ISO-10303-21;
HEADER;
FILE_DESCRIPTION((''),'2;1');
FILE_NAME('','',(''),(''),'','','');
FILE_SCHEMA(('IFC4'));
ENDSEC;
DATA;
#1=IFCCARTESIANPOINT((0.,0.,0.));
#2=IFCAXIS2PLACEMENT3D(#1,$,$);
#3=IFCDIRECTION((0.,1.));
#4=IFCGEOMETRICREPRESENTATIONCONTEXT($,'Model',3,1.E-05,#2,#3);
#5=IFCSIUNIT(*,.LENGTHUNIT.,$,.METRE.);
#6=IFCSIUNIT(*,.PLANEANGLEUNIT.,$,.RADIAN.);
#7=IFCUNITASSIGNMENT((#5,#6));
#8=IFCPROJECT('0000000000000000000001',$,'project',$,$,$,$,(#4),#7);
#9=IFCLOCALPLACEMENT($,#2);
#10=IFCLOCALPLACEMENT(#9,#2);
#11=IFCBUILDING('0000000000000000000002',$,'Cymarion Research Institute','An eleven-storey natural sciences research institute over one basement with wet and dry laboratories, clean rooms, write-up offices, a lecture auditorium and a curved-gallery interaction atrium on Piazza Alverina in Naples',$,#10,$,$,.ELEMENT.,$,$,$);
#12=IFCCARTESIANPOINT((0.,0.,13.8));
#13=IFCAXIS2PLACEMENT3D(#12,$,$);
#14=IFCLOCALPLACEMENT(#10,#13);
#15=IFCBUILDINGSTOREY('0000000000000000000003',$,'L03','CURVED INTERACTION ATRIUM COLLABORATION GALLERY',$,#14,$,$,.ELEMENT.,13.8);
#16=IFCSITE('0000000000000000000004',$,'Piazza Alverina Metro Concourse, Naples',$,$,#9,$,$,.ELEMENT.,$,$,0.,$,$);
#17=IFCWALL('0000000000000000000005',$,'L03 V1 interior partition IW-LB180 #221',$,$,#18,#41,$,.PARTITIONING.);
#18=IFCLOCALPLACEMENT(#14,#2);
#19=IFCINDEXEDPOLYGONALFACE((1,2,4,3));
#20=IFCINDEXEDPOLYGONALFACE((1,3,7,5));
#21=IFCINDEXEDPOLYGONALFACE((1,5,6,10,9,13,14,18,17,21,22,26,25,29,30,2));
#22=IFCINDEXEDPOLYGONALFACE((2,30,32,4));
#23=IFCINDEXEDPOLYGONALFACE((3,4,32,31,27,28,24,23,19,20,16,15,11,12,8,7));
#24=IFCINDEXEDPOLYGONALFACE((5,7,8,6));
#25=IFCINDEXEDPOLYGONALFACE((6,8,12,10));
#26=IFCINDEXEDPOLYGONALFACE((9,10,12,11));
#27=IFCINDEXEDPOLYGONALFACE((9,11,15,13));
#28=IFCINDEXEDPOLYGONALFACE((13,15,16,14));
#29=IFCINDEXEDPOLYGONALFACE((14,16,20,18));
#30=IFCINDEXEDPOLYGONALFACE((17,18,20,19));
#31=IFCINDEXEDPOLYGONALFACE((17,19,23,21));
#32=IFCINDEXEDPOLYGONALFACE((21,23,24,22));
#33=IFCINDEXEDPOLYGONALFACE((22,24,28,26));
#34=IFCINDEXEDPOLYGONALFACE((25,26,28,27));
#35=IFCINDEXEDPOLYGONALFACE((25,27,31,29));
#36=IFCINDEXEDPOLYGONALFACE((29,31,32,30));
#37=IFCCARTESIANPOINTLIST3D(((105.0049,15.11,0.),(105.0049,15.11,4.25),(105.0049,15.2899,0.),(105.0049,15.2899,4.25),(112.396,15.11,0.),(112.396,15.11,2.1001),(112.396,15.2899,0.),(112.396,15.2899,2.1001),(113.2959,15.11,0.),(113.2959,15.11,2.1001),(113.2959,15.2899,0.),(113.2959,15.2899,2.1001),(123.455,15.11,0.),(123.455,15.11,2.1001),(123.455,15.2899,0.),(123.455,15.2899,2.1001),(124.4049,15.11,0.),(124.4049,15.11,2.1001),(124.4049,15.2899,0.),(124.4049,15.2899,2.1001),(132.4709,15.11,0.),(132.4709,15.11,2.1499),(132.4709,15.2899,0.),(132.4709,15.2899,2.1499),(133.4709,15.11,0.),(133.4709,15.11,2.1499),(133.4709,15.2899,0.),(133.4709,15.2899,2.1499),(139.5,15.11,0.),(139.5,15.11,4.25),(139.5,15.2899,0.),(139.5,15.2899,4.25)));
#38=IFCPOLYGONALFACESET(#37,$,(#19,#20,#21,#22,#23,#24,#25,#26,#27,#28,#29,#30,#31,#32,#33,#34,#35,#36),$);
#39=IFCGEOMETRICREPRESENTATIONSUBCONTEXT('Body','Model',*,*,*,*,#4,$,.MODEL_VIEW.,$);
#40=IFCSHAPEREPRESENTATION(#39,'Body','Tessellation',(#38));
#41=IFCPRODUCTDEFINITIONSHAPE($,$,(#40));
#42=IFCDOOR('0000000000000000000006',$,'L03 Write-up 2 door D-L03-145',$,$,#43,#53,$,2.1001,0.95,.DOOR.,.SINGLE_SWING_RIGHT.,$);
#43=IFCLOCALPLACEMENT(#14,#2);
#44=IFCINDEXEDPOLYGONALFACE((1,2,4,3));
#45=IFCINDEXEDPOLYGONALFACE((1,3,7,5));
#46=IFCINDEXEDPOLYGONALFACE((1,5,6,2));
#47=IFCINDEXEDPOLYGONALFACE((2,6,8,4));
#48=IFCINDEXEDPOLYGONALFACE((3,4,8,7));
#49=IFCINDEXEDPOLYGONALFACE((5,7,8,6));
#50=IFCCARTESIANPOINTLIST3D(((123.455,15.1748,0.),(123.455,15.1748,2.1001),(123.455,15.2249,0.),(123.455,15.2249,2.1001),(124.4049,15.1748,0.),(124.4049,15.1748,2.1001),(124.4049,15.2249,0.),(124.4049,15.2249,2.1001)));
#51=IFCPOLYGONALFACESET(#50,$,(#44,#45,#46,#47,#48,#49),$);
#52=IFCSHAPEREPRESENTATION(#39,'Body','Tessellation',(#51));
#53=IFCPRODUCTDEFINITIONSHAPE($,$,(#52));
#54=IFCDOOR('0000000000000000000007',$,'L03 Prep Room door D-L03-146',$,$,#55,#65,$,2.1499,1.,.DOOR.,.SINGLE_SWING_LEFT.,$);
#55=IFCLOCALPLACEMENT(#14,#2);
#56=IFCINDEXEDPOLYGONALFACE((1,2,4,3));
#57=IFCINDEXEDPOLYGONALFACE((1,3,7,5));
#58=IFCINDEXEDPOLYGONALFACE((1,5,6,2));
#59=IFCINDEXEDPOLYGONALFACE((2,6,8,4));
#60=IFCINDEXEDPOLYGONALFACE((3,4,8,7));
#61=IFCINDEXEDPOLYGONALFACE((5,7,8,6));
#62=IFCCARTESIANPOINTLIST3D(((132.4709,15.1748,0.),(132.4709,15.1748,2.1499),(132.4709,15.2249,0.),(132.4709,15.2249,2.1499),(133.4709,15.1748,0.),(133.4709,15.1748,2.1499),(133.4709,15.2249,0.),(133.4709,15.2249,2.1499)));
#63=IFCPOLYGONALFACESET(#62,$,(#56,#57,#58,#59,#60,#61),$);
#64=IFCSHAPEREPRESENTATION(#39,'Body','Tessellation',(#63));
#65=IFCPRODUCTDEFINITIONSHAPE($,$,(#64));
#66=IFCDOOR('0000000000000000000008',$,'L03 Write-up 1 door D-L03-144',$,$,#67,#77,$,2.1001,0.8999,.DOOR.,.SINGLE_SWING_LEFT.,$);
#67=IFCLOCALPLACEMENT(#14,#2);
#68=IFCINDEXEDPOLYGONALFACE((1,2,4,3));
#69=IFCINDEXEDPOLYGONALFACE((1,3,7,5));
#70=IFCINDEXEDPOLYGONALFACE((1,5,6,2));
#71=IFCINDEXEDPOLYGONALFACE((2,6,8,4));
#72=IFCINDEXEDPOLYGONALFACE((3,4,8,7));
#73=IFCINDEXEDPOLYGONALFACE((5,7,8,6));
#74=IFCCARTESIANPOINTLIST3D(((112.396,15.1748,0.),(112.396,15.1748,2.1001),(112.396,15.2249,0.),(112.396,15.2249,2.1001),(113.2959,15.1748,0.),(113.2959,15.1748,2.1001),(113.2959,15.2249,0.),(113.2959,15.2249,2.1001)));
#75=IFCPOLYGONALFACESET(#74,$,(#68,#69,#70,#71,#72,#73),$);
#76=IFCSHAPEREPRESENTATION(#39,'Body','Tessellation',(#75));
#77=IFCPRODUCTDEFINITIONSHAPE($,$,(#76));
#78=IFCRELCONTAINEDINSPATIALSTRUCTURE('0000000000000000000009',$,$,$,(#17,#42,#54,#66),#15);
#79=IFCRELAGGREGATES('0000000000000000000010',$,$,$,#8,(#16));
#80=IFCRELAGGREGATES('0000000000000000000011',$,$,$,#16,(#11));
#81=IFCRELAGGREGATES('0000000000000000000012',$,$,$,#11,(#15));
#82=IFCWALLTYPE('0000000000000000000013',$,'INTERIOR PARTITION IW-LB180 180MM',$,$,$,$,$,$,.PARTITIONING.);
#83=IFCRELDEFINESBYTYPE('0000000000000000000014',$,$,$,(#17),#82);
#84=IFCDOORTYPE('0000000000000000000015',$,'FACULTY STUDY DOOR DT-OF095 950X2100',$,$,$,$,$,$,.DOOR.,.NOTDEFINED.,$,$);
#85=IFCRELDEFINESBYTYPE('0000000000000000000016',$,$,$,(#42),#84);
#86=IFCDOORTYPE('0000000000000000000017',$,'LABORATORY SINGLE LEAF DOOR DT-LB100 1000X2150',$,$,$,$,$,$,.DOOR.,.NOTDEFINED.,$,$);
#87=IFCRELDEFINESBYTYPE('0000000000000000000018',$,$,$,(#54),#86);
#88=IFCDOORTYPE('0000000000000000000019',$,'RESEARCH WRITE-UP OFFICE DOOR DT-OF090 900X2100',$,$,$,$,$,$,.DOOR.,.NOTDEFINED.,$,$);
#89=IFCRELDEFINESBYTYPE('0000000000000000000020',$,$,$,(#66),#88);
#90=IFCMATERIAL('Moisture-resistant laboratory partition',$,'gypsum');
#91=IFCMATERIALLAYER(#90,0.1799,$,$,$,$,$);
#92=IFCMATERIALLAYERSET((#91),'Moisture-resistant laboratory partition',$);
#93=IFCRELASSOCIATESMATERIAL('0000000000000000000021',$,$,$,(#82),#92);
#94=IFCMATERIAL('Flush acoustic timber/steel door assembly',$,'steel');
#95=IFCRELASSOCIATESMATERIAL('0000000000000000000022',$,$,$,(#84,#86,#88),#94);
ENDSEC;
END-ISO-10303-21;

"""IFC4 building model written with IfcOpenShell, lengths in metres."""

from ifc_helpers import new_model, si_unit, direction, frame, frame_2d, origin, place, context, subcontext, project, spatial, rectangle, extrude, material, layer, layer_set, type_object, element, fill, save


model = new_model("IFC4")

# Units and contexts
model_context = context("Model", 3, precision=1e-05, world=origin(), true_north=direction((0.0, 1.0)))
body_context = subcontext(model_context, "Body", "Model", "MODEL_VIEW")
ifc_project = project(units=[si_unit("LENGTHUNIT", "METRE"), si_unit("PLANEANGLEUNIT", "RADIAN")], contexts=[model_context])

# Site, building, storey
site_placement = place(None, origin())
site = spatial("IfcSite", under=ifc_project, at=site_placement, Name="Piazza Alverina Metro Concourse, Naples", CompositionType="ELEMENT", RefElevation=0.0)
building_placement = place(site_placement, origin())
building = spatial("IfcBuilding", under=site, at=building_placement, Name="Cymarion Research Institute", Description="An eleven-storey natural sciences research institute over one basement with wet and dry laboratories, clean rooms, write-up offices, a lecture auditorium and a curved-gallery interaction atrium on Piazza Alverina in Naples", CompositionType="ELEMENT")
storey_placement = place(building_placement, frame((0.0, 0.0, 13.8)))
storey = spatial("IfcBuildingStorey", under=building, at=storey_placement, Name="L03", Description="CURVED INTERACTION ATRIUM COLLABORATION GALLERY", CompositionType="ELEMENT", Elevation=13.8)

# Wall, openings, doors
ifc_material_1 = material(Name="Moisture-resistant laboratory partition", Category="gypsum")
ifc_layer_1 = layer(ifc_material_1, 0.1799)
ifc_layer_set_1 = layer_set([ifc_layer_1], Name="Moisture-resistant laboratory partition")
wall_type = type_object("IfcWallType", Name="INTERIOR PARTITION IW-LB180 180MM", PredefinedType="PARTITIONING", material=ifc_layer_set_1)
wall_placement = place(storey_placement, frame((105.0049, 15.2, 0.0), z_axis=(0.0, 0.0, 1.0), x_axis=(1.0, 0.0, 0.0)))
wall = element("IfcWall", 1, at=wall_placement, inside=storey, type_object=wall_type, Name="L03 V1 interior partition IW-LB180 #221", PredefinedType="PARTITIONING", context=body_context, shape_type="SweptSolid", body=[
    extrude(rectangle(XDim=34.4951, YDim=0.1799, at=frame_2d((17.2476, 0.0))), origin(), (0.0, 0.0, 1.0), 4.25),
])
opening_1_placement = place(wall_placement, frame((7.3911, 0.0, 0.0)))
opening_1 = element("IfcOpeningElement", 2, at=opening_1_placement, cuts=wall, PredefinedType="OPENING", context=body_context, shape_type="SweptSolid", body=[
    extrude(rectangle(XDim=0.8999, YDim=2.1001, at=frame_2d((0.45, 1.05))), frame((0.0, 0.0999, 0.0), z_axis=(0.0, -1.0, 0.0), x_axis=(1.0, 0.0, 0.0)), (0.0, 0.0, 1.0), 0.2),
])
opening_2_placement = place(wall_placement, frame((18.45, 0.0, 0.0)))
opening_2 = element("IfcOpeningElement", 3, at=opening_2_placement, cuts=wall, PredefinedType="OPENING", context=body_context, shape_type="SweptSolid", body=[
    extrude(rectangle(XDim=0.95, YDim=2.1001, at=frame_2d((0.4751, 1.05))), frame((0.0, 0.0999, 0.0), z_axis=(0.0, -1.0, 0.0), x_axis=(1.0, 0.0, 0.0)), (0.0, 0.0, 1.0), 0.2),
])
opening_3_placement = place(wall_placement, frame((27.4661, 0.0, 0.0)))
opening_3 = element("IfcOpeningElement", 4, at=opening_3_placement, cuts=wall, PredefinedType="OPENING", context=body_context, shape_type="SweptSolid", body=[
    extrude(rectangle(XDim=1.0, YDim=2.1499, at=frame_2d((0.5, 1.075))), frame((0.0, 0.0999, 0.0), z_axis=(0.0, -1.0, 0.0), x_axis=(1.0, 0.0, 0.0)), (0.0, 0.0, 1.0), 0.2),
])
ifc_material_2 = material(Name="Flush acoustic timber/steel door assembly", Category="steel")
door_type_1 = type_object("IfcDoorType", Name="FACULTY STUDY DOOR DT-OF095 950X2100", OperationType="NOTDEFINED", PredefinedType="DOOR", material=ifc_material_2)
door_1_placement = place(opening_2_placement, origin())
door_1 = element("IfcDoor", 5, at=door_1_placement, inside=storey, type_object=door_type_1, Name="L03 Write-up 2 door D-L03-145", OperationType="SINGLE_SWING_RIGHT", OverallHeight=2.1001, OverallWidth=0.95, PredefinedType="DOOR", context=body_context, shape_type="SweptSolid", body=[
    extrude(rectangle(XDim=0.95, YDim=2.1001, at=frame_2d((0.4751, 1.05))), frame((0.0, 0.0249, 0.0), z_axis=(0.0, -1.0, 0.0), x_axis=(1.0, 0.0, 0.0)), (0.0, 0.0, 1.0), 0.05),
])
fill(opening_2, door_1)
door_type_2 = type_object("IfcDoorType", Name="LABORATORY SINGLE LEAF DOOR DT-LB100 1000X2150", OperationType="NOTDEFINED", PredefinedType="DOOR", material=ifc_material_2)
door_2_placement = place(opening_3_placement, origin())
door_2 = element("IfcDoor", 6, at=door_2_placement, inside=storey, type_object=door_type_2, Name="L03 Prep Room door D-L03-146", OperationType="SINGLE_SWING_LEFT", OverallHeight=2.1499, OverallWidth=1.0, PredefinedType="DOOR", context=body_context, shape_type="SweptSolid", body=[
    extrude(rectangle(XDim=1.0, YDim=2.1499, at=frame_2d((0.5, 1.075))), frame((0.0, 0.0249, 0.0), z_axis=(0.0, -1.0, 0.0), x_axis=(1.0, 0.0, 0.0)), (0.0, 0.0, 1.0), 0.05),
])
fill(opening_3, door_2)
door_type_3 = type_object("IfcDoorType", Name="RESEARCH WRITE-UP OFFICE DOOR DT-OF090 900X2100", OperationType="NOTDEFINED", PredefinedType="DOOR", material=ifc_material_2)
door_3_placement = place(opening_1_placement, origin())
door_3 = element("IfcDoor", 7, at=door_3_placement, inside=storey, type_object=door_type_3, Name="L03 Write-up 1 door D-L03-144", OperationType="SINGLE_SWING_LEFT", OverallHeight=2.1001, OverallWidth=0.8999, PredefinedType="DOOR", context=body_context, shape_type="SweptSolid", body=[
    extrude(rectangle(XDim=0.8999, YDim=2.1001, at=frame_2d((0.45, 1.05))), frame((0.0, 0.0249, 0.0), z_axis=(0.0, -1.0, 0.0), x_axis=(1.0, 0.0, 0.0)), (0.0, 0.0, 1.0), 0.05),
])
fill(opening_1, door_3)

save(model, "model.ifc")
